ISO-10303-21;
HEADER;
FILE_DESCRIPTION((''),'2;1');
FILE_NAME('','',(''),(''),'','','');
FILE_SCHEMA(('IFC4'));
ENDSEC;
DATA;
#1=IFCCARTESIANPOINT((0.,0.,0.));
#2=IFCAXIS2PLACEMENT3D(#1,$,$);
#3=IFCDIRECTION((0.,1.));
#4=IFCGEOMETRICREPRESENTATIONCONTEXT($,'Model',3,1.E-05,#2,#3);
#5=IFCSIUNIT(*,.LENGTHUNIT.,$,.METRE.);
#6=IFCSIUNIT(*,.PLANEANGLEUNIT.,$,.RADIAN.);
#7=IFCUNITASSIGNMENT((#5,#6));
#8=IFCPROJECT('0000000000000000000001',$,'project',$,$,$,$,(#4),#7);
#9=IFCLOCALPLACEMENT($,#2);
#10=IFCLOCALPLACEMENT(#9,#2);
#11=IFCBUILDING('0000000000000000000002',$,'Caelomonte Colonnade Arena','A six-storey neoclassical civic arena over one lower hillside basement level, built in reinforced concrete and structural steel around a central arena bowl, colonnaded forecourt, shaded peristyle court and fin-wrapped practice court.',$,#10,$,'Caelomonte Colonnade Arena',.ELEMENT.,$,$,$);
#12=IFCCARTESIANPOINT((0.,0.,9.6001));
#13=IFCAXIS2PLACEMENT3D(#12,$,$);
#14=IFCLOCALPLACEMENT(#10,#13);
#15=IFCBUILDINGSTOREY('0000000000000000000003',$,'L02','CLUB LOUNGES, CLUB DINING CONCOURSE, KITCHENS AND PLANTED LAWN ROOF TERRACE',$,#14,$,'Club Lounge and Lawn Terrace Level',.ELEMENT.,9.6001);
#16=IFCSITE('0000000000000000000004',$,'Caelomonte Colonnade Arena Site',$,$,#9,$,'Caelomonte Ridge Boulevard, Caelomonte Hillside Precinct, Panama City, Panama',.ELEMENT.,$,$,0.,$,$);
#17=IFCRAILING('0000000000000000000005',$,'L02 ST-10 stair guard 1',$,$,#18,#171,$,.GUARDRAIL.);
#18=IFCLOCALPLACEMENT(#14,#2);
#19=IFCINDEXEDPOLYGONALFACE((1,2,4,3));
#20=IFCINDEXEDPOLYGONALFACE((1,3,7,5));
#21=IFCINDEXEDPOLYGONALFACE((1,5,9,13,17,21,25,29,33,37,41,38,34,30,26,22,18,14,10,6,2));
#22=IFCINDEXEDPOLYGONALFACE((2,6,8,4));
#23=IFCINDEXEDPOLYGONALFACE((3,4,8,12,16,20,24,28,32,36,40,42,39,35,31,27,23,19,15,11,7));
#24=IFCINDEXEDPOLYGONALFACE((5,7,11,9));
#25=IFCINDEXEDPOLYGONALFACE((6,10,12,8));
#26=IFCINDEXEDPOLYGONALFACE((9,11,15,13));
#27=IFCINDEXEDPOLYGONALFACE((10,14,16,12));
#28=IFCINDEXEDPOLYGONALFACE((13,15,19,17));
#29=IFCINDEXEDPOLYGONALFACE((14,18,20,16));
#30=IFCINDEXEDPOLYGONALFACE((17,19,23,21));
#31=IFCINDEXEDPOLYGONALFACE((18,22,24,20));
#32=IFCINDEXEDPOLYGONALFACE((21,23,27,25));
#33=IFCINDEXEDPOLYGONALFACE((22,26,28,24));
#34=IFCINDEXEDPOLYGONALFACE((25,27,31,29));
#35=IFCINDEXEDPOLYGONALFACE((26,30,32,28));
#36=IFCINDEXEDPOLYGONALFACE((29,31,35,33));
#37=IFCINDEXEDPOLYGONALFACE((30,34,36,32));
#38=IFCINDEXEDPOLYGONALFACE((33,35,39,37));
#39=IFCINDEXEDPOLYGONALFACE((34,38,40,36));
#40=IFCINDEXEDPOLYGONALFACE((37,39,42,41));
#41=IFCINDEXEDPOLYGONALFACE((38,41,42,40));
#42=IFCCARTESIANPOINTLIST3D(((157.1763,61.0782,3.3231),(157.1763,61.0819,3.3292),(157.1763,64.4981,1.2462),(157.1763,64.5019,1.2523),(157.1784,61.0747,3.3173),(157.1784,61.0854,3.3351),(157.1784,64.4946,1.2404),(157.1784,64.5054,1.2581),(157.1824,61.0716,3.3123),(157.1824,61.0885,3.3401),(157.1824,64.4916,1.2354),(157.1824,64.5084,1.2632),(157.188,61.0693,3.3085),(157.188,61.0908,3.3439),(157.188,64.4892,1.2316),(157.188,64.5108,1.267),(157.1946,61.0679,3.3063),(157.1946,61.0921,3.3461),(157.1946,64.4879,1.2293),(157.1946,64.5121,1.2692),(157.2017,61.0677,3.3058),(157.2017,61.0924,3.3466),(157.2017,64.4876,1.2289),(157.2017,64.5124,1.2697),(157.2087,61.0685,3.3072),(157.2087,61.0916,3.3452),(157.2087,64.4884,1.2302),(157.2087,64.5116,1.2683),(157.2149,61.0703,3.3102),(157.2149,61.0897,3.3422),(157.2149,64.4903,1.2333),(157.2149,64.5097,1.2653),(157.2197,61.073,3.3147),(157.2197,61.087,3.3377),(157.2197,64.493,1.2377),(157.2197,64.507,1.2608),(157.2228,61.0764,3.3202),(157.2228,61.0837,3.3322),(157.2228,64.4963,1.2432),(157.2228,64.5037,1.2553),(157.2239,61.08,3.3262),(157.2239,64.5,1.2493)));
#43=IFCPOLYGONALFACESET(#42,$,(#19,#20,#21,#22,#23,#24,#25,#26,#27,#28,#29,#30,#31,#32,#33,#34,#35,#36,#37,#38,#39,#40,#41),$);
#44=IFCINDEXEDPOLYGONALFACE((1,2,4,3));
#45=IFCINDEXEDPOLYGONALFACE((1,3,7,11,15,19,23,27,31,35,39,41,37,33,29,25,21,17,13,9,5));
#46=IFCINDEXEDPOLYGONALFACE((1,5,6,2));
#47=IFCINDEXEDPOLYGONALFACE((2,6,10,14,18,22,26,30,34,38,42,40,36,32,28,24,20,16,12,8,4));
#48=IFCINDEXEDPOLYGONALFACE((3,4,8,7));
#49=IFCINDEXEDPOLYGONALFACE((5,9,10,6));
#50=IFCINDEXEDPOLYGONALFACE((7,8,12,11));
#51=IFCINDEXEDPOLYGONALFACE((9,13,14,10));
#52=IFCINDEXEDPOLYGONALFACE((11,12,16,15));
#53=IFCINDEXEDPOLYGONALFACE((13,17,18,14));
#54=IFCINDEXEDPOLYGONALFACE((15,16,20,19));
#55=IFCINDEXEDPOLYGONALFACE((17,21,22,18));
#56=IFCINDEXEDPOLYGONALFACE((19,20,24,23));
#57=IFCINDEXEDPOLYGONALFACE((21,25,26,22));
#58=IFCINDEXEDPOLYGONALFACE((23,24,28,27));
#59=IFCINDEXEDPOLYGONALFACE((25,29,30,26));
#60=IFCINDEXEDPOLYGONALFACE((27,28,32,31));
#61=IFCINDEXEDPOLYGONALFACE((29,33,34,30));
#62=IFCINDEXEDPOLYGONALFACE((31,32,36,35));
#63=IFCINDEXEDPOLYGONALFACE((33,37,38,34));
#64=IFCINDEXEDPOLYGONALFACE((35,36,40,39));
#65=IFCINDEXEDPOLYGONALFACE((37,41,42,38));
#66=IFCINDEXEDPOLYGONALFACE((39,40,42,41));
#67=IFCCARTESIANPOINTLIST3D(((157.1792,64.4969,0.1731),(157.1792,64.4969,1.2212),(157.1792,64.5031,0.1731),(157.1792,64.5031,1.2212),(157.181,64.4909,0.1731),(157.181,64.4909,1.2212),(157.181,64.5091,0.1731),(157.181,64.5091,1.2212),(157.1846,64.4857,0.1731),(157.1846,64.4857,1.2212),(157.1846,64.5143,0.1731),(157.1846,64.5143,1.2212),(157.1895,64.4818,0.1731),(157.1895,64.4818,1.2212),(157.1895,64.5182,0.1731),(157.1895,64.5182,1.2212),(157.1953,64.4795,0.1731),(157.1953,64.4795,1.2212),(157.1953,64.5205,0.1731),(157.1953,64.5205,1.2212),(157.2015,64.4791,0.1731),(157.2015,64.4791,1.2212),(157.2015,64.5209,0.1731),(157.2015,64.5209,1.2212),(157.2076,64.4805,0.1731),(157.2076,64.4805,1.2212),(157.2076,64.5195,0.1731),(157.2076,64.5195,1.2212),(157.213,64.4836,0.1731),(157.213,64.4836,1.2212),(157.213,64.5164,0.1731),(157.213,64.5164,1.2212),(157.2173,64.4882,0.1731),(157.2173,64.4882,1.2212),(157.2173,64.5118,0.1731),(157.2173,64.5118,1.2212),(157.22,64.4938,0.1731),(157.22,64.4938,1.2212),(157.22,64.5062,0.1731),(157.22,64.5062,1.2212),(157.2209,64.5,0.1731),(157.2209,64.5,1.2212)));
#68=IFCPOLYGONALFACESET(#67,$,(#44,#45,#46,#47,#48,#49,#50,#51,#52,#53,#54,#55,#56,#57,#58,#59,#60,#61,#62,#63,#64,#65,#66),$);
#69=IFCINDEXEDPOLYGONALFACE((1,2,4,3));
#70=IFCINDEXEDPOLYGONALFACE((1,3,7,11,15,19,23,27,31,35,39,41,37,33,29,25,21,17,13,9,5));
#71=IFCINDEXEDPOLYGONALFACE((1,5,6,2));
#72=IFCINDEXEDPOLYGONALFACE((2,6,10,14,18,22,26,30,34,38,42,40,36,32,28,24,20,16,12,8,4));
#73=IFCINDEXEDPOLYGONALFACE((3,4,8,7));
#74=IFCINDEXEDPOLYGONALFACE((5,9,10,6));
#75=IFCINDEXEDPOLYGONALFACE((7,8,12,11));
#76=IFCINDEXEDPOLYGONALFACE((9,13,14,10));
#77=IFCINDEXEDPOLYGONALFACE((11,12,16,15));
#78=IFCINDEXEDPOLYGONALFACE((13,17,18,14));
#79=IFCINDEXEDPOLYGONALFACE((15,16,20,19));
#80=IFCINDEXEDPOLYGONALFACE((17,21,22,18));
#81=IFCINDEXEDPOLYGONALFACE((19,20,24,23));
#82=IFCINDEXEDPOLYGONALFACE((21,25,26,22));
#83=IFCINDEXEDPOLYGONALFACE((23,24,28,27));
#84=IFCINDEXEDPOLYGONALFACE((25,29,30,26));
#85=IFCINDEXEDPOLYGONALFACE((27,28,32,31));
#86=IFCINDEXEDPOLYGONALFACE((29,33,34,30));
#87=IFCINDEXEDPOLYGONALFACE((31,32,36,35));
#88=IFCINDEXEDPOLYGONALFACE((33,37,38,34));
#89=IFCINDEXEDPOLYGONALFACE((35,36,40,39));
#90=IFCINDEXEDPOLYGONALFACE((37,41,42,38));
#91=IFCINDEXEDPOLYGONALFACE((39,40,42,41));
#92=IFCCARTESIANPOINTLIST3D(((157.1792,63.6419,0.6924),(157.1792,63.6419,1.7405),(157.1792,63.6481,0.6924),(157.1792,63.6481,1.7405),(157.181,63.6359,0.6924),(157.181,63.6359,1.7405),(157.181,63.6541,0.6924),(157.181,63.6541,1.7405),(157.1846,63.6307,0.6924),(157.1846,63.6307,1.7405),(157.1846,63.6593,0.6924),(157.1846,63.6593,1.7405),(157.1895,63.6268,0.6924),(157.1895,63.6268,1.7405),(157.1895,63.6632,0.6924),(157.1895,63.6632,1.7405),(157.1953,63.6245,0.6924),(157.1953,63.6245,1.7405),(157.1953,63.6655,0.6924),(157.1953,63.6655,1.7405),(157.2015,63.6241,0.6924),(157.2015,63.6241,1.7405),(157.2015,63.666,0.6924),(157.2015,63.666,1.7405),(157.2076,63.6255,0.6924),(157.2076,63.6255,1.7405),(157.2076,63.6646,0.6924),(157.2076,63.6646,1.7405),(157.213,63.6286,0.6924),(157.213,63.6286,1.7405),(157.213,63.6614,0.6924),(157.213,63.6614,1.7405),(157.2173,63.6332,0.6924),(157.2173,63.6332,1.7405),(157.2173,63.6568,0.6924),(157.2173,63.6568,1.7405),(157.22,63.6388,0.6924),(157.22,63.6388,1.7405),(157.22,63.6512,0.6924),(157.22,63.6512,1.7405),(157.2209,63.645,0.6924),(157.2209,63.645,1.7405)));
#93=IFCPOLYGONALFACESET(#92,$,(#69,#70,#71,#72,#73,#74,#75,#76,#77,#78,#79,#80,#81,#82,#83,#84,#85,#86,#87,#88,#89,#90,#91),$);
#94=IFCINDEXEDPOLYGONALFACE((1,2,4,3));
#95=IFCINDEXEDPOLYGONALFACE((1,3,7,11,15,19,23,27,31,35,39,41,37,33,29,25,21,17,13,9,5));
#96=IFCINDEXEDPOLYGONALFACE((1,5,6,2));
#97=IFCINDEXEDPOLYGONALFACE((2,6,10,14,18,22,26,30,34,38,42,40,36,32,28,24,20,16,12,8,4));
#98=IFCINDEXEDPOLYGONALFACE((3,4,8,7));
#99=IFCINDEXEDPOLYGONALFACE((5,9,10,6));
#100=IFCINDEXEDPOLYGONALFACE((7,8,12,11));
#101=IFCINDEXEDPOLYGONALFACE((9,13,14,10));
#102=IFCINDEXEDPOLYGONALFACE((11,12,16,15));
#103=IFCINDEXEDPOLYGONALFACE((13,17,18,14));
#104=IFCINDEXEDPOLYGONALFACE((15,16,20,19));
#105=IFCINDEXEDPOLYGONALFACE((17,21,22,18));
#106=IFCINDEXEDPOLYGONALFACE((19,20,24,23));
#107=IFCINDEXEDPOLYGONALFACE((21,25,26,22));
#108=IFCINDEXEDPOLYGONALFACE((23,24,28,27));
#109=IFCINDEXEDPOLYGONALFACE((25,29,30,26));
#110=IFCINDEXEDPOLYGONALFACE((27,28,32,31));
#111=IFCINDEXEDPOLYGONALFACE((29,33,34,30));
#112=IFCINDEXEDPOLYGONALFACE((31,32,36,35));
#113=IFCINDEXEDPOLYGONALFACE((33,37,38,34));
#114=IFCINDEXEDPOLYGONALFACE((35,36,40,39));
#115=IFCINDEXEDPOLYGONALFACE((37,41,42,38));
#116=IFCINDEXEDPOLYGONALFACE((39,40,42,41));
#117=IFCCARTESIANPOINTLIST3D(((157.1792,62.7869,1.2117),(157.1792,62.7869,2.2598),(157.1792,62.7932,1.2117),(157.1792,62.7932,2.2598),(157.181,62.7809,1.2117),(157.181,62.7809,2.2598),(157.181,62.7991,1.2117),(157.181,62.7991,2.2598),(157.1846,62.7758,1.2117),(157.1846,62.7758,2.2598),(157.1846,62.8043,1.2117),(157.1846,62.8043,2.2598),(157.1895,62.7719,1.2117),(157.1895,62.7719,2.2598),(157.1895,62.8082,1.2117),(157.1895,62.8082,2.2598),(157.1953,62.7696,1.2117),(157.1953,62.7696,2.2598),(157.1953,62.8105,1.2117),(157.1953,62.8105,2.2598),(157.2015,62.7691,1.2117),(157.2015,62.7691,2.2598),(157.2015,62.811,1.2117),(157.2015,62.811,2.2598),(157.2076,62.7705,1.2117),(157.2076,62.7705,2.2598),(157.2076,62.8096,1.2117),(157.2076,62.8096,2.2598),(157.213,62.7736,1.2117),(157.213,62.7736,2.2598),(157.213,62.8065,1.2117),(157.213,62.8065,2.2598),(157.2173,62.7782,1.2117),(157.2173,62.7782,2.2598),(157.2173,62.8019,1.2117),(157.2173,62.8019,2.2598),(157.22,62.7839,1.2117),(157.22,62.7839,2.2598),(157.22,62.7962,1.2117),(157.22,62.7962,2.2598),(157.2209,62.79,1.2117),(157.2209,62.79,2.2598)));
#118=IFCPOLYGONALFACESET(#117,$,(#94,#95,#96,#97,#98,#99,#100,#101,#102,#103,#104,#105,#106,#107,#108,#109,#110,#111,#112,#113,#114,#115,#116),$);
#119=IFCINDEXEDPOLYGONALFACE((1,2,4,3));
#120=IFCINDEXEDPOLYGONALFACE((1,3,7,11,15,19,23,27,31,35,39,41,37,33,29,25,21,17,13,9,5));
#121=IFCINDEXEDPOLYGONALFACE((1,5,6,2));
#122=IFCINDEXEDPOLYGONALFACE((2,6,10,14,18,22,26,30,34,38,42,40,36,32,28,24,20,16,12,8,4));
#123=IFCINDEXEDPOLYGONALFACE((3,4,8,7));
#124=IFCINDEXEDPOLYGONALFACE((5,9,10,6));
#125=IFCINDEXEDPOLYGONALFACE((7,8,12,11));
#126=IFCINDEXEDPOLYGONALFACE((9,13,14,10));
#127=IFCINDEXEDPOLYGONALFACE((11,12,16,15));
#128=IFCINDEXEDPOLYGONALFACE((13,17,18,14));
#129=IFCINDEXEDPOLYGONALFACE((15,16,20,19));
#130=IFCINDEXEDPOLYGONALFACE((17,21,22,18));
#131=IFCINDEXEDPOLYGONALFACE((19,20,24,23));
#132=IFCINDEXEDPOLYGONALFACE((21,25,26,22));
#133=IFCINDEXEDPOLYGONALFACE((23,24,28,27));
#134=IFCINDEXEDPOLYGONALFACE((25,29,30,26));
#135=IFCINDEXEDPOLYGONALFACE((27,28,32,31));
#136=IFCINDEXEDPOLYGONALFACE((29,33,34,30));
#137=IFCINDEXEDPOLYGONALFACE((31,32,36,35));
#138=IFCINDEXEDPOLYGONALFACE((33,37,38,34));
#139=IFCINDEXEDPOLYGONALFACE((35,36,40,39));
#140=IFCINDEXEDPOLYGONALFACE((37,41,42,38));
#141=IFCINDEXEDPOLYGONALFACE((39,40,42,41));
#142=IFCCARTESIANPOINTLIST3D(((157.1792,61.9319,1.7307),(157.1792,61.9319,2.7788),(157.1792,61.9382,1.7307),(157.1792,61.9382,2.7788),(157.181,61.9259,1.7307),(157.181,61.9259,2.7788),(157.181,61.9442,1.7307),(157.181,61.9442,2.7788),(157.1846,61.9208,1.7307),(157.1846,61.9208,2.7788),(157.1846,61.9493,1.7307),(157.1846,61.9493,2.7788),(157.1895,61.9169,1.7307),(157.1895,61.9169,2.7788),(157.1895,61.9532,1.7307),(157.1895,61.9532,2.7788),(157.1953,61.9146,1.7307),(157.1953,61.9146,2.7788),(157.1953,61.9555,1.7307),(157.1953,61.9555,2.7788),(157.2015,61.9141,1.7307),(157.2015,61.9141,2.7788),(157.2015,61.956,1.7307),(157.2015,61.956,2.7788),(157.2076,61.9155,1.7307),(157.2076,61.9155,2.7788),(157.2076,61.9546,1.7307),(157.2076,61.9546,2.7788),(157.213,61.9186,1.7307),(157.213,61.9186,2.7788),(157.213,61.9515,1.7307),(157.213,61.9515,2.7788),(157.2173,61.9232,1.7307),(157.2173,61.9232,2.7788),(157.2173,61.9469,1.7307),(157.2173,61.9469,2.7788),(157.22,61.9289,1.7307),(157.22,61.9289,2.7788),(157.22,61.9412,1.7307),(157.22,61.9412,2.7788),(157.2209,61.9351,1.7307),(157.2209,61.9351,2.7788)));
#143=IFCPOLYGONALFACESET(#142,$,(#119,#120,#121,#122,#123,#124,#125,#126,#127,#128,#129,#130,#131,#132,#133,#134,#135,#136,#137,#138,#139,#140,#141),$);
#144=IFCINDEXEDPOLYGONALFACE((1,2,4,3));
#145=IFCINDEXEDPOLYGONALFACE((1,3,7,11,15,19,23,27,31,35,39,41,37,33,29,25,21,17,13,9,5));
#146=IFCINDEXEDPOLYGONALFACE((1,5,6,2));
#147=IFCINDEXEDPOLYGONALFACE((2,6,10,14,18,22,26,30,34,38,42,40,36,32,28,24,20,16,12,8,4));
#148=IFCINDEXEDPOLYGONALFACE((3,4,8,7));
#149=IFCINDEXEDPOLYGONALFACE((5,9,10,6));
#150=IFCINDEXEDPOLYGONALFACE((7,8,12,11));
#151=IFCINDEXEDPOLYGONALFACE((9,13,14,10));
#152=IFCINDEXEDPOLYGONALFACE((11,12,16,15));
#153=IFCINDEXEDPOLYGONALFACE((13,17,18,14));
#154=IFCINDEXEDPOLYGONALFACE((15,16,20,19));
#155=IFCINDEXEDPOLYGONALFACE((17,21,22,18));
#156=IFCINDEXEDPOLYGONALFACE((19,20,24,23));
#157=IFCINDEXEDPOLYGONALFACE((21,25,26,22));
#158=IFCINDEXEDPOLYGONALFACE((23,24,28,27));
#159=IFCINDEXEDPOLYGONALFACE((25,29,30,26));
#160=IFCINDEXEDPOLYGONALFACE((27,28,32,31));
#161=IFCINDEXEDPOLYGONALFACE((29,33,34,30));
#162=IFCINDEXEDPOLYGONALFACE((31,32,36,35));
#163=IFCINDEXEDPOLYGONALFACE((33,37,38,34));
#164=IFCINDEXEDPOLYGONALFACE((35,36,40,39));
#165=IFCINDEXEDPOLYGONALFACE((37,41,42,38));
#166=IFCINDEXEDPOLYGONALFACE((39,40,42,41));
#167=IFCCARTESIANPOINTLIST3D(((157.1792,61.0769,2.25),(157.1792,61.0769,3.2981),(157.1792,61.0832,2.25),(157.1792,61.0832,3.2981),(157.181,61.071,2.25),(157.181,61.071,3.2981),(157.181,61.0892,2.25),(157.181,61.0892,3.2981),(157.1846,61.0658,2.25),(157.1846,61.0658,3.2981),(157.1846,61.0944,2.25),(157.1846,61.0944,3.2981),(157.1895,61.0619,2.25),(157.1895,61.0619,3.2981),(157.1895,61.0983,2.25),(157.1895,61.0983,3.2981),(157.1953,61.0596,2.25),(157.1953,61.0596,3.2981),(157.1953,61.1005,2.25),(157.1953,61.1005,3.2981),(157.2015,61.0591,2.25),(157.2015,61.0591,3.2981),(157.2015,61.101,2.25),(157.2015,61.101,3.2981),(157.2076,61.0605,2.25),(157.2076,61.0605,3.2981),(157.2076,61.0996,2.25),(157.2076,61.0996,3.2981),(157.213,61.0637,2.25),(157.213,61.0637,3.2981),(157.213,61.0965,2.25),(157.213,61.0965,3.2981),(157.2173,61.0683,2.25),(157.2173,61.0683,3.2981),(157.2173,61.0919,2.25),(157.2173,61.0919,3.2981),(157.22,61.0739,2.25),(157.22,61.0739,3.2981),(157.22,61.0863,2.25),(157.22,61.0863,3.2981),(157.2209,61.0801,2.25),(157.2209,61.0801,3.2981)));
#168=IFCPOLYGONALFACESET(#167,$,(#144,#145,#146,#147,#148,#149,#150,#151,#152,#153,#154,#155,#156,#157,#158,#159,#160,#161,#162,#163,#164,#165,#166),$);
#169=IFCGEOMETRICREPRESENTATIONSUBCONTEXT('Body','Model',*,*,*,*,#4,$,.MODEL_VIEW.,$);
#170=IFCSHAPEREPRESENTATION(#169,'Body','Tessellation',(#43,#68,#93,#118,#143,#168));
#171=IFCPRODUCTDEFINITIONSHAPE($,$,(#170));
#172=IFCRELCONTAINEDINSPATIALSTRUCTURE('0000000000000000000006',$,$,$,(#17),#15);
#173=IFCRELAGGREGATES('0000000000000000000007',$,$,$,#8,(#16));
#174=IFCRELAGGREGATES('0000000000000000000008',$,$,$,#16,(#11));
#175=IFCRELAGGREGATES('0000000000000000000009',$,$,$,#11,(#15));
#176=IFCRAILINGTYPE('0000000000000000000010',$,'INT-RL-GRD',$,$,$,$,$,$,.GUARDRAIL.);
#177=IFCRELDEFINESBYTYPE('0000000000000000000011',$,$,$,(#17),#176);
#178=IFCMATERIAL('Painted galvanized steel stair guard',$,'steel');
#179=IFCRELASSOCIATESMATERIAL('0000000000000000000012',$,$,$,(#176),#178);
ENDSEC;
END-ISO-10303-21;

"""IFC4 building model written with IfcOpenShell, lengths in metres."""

from ifc_helpers import new_model, si_unit, direction, frame, origin, origin_2d, place, context, subcontext, project, spatial, circle, extrude, material, type_object, element, save


model = new_model("IFC4")

# Units and contexts
model_context = context("Model", 3, precision=1e-05, world=origin(), true_north=direction((0.0, 1.0)))
body_context = subcontext(model_context, "Body", "Model", "MODEL_VIEW")
ifc_project = project(units=[si_unit("LENGTHUNIT", "METRE"), si_unit("PLANEANGLEUNIT", "RADIAN")], contexts=[model_context])

# Site, building, storey
site_placement = place(None, origin())
site = spatial("IfcSite", under=ifc_project, at=site_placement, Name="Caelomonte Colonnade Arena Site", LongName="Caelomonte Ridge Boulevard, Caelomonte Hillside Precinct, Panama City, Panama", CompositionType="ELEMENT", RefElevation=0.0)
building_placement = place(site_placement, origin())
building = spatial("IfcBuilding", under=site, at=building_placement, Name="Caelomonte Colonnade Arena", Description="A six-storey neoclassical civic arena over one lower hillside basement level, built in reinforced concrete and structural steel around a central arena bowl, colonnaded forecourt, shaded peristyle court and fin-wrapped practice court.", LongName="Caelomonte Colonnade Arena", CompositionType="ELEMENT")
storey_placement = place(building_placement, frame((0.0, 0.0, 9.6001)))
storey = spatial("IfcBuildingStorey", under=building, at=storey_placement, Name="L02", Description="CLUB LOUNGES, CLUB DINING CONCOURSE, KITCHENS AND PLANTED LAWN ROOF TERRACE", LongName="Club Lounge and Lawn Terrace Level", CompositionType="ELEMENT", Elevation=9.6001)

# Railing
ifc_material_1 = material(Name="Painted galvanized steel stair guard", Category="steel")
railing_type_1 = type_object("IfcRailingType", Name="INT-RL-GRD", PredefinedType="GUARDRAIL", material=ifc_material_1)
railing_1_placement = place(storey_placement, frame((157.2, 64.5, 0.1731)))
element("IfcRailing", 1, at=railing_1_placement, inside=storey, type_object=railing_type_1, Name="L02 ST-10 stair guard 1", PredefinedType="GUARDRAIL", context=body_context, shape_type="SweptSolid", body=[
    extrude(circle(Radius=0.0239, at=origin_2d()), frame((0.0, 0.0, 1.0762), z_axis=(0.0, -0.85473, 0.519074), x_axis=(1.0, 0.0, 0.0)), (0.0, 0.0, 1.0), 4.0012),
    extrude(circle(Radius=0.021, at=origin_2d()), origin(), (0.0, 0.0, 1.0), 1.0481),
    extrude(circle(Radius=0.021, at=origin_2d()), frame((0.0, -0.855, 0.5193)), (0.0, 0.0, 1.0), 1.0481),
    extrude(circle(Radius=0.021, at=origin_2d()), frame((0.0, -1.71, 1.0386)), (0.0, 0.0, 1.0), 1.0481),
    extrude(circle(Radius=0.021, at=origin_2d()), frame((0.0, -2.5649, 1.5576)), (0.0, 0.0, 1.0), 1.0481),
    extrude(circle(Radius=0.021, at=origin_2d()), frame((0.0, -3.4199, 2.0769)), (0.0, 0.0, 1.0), 1.0481),
])

save(model, "model.ifc")
